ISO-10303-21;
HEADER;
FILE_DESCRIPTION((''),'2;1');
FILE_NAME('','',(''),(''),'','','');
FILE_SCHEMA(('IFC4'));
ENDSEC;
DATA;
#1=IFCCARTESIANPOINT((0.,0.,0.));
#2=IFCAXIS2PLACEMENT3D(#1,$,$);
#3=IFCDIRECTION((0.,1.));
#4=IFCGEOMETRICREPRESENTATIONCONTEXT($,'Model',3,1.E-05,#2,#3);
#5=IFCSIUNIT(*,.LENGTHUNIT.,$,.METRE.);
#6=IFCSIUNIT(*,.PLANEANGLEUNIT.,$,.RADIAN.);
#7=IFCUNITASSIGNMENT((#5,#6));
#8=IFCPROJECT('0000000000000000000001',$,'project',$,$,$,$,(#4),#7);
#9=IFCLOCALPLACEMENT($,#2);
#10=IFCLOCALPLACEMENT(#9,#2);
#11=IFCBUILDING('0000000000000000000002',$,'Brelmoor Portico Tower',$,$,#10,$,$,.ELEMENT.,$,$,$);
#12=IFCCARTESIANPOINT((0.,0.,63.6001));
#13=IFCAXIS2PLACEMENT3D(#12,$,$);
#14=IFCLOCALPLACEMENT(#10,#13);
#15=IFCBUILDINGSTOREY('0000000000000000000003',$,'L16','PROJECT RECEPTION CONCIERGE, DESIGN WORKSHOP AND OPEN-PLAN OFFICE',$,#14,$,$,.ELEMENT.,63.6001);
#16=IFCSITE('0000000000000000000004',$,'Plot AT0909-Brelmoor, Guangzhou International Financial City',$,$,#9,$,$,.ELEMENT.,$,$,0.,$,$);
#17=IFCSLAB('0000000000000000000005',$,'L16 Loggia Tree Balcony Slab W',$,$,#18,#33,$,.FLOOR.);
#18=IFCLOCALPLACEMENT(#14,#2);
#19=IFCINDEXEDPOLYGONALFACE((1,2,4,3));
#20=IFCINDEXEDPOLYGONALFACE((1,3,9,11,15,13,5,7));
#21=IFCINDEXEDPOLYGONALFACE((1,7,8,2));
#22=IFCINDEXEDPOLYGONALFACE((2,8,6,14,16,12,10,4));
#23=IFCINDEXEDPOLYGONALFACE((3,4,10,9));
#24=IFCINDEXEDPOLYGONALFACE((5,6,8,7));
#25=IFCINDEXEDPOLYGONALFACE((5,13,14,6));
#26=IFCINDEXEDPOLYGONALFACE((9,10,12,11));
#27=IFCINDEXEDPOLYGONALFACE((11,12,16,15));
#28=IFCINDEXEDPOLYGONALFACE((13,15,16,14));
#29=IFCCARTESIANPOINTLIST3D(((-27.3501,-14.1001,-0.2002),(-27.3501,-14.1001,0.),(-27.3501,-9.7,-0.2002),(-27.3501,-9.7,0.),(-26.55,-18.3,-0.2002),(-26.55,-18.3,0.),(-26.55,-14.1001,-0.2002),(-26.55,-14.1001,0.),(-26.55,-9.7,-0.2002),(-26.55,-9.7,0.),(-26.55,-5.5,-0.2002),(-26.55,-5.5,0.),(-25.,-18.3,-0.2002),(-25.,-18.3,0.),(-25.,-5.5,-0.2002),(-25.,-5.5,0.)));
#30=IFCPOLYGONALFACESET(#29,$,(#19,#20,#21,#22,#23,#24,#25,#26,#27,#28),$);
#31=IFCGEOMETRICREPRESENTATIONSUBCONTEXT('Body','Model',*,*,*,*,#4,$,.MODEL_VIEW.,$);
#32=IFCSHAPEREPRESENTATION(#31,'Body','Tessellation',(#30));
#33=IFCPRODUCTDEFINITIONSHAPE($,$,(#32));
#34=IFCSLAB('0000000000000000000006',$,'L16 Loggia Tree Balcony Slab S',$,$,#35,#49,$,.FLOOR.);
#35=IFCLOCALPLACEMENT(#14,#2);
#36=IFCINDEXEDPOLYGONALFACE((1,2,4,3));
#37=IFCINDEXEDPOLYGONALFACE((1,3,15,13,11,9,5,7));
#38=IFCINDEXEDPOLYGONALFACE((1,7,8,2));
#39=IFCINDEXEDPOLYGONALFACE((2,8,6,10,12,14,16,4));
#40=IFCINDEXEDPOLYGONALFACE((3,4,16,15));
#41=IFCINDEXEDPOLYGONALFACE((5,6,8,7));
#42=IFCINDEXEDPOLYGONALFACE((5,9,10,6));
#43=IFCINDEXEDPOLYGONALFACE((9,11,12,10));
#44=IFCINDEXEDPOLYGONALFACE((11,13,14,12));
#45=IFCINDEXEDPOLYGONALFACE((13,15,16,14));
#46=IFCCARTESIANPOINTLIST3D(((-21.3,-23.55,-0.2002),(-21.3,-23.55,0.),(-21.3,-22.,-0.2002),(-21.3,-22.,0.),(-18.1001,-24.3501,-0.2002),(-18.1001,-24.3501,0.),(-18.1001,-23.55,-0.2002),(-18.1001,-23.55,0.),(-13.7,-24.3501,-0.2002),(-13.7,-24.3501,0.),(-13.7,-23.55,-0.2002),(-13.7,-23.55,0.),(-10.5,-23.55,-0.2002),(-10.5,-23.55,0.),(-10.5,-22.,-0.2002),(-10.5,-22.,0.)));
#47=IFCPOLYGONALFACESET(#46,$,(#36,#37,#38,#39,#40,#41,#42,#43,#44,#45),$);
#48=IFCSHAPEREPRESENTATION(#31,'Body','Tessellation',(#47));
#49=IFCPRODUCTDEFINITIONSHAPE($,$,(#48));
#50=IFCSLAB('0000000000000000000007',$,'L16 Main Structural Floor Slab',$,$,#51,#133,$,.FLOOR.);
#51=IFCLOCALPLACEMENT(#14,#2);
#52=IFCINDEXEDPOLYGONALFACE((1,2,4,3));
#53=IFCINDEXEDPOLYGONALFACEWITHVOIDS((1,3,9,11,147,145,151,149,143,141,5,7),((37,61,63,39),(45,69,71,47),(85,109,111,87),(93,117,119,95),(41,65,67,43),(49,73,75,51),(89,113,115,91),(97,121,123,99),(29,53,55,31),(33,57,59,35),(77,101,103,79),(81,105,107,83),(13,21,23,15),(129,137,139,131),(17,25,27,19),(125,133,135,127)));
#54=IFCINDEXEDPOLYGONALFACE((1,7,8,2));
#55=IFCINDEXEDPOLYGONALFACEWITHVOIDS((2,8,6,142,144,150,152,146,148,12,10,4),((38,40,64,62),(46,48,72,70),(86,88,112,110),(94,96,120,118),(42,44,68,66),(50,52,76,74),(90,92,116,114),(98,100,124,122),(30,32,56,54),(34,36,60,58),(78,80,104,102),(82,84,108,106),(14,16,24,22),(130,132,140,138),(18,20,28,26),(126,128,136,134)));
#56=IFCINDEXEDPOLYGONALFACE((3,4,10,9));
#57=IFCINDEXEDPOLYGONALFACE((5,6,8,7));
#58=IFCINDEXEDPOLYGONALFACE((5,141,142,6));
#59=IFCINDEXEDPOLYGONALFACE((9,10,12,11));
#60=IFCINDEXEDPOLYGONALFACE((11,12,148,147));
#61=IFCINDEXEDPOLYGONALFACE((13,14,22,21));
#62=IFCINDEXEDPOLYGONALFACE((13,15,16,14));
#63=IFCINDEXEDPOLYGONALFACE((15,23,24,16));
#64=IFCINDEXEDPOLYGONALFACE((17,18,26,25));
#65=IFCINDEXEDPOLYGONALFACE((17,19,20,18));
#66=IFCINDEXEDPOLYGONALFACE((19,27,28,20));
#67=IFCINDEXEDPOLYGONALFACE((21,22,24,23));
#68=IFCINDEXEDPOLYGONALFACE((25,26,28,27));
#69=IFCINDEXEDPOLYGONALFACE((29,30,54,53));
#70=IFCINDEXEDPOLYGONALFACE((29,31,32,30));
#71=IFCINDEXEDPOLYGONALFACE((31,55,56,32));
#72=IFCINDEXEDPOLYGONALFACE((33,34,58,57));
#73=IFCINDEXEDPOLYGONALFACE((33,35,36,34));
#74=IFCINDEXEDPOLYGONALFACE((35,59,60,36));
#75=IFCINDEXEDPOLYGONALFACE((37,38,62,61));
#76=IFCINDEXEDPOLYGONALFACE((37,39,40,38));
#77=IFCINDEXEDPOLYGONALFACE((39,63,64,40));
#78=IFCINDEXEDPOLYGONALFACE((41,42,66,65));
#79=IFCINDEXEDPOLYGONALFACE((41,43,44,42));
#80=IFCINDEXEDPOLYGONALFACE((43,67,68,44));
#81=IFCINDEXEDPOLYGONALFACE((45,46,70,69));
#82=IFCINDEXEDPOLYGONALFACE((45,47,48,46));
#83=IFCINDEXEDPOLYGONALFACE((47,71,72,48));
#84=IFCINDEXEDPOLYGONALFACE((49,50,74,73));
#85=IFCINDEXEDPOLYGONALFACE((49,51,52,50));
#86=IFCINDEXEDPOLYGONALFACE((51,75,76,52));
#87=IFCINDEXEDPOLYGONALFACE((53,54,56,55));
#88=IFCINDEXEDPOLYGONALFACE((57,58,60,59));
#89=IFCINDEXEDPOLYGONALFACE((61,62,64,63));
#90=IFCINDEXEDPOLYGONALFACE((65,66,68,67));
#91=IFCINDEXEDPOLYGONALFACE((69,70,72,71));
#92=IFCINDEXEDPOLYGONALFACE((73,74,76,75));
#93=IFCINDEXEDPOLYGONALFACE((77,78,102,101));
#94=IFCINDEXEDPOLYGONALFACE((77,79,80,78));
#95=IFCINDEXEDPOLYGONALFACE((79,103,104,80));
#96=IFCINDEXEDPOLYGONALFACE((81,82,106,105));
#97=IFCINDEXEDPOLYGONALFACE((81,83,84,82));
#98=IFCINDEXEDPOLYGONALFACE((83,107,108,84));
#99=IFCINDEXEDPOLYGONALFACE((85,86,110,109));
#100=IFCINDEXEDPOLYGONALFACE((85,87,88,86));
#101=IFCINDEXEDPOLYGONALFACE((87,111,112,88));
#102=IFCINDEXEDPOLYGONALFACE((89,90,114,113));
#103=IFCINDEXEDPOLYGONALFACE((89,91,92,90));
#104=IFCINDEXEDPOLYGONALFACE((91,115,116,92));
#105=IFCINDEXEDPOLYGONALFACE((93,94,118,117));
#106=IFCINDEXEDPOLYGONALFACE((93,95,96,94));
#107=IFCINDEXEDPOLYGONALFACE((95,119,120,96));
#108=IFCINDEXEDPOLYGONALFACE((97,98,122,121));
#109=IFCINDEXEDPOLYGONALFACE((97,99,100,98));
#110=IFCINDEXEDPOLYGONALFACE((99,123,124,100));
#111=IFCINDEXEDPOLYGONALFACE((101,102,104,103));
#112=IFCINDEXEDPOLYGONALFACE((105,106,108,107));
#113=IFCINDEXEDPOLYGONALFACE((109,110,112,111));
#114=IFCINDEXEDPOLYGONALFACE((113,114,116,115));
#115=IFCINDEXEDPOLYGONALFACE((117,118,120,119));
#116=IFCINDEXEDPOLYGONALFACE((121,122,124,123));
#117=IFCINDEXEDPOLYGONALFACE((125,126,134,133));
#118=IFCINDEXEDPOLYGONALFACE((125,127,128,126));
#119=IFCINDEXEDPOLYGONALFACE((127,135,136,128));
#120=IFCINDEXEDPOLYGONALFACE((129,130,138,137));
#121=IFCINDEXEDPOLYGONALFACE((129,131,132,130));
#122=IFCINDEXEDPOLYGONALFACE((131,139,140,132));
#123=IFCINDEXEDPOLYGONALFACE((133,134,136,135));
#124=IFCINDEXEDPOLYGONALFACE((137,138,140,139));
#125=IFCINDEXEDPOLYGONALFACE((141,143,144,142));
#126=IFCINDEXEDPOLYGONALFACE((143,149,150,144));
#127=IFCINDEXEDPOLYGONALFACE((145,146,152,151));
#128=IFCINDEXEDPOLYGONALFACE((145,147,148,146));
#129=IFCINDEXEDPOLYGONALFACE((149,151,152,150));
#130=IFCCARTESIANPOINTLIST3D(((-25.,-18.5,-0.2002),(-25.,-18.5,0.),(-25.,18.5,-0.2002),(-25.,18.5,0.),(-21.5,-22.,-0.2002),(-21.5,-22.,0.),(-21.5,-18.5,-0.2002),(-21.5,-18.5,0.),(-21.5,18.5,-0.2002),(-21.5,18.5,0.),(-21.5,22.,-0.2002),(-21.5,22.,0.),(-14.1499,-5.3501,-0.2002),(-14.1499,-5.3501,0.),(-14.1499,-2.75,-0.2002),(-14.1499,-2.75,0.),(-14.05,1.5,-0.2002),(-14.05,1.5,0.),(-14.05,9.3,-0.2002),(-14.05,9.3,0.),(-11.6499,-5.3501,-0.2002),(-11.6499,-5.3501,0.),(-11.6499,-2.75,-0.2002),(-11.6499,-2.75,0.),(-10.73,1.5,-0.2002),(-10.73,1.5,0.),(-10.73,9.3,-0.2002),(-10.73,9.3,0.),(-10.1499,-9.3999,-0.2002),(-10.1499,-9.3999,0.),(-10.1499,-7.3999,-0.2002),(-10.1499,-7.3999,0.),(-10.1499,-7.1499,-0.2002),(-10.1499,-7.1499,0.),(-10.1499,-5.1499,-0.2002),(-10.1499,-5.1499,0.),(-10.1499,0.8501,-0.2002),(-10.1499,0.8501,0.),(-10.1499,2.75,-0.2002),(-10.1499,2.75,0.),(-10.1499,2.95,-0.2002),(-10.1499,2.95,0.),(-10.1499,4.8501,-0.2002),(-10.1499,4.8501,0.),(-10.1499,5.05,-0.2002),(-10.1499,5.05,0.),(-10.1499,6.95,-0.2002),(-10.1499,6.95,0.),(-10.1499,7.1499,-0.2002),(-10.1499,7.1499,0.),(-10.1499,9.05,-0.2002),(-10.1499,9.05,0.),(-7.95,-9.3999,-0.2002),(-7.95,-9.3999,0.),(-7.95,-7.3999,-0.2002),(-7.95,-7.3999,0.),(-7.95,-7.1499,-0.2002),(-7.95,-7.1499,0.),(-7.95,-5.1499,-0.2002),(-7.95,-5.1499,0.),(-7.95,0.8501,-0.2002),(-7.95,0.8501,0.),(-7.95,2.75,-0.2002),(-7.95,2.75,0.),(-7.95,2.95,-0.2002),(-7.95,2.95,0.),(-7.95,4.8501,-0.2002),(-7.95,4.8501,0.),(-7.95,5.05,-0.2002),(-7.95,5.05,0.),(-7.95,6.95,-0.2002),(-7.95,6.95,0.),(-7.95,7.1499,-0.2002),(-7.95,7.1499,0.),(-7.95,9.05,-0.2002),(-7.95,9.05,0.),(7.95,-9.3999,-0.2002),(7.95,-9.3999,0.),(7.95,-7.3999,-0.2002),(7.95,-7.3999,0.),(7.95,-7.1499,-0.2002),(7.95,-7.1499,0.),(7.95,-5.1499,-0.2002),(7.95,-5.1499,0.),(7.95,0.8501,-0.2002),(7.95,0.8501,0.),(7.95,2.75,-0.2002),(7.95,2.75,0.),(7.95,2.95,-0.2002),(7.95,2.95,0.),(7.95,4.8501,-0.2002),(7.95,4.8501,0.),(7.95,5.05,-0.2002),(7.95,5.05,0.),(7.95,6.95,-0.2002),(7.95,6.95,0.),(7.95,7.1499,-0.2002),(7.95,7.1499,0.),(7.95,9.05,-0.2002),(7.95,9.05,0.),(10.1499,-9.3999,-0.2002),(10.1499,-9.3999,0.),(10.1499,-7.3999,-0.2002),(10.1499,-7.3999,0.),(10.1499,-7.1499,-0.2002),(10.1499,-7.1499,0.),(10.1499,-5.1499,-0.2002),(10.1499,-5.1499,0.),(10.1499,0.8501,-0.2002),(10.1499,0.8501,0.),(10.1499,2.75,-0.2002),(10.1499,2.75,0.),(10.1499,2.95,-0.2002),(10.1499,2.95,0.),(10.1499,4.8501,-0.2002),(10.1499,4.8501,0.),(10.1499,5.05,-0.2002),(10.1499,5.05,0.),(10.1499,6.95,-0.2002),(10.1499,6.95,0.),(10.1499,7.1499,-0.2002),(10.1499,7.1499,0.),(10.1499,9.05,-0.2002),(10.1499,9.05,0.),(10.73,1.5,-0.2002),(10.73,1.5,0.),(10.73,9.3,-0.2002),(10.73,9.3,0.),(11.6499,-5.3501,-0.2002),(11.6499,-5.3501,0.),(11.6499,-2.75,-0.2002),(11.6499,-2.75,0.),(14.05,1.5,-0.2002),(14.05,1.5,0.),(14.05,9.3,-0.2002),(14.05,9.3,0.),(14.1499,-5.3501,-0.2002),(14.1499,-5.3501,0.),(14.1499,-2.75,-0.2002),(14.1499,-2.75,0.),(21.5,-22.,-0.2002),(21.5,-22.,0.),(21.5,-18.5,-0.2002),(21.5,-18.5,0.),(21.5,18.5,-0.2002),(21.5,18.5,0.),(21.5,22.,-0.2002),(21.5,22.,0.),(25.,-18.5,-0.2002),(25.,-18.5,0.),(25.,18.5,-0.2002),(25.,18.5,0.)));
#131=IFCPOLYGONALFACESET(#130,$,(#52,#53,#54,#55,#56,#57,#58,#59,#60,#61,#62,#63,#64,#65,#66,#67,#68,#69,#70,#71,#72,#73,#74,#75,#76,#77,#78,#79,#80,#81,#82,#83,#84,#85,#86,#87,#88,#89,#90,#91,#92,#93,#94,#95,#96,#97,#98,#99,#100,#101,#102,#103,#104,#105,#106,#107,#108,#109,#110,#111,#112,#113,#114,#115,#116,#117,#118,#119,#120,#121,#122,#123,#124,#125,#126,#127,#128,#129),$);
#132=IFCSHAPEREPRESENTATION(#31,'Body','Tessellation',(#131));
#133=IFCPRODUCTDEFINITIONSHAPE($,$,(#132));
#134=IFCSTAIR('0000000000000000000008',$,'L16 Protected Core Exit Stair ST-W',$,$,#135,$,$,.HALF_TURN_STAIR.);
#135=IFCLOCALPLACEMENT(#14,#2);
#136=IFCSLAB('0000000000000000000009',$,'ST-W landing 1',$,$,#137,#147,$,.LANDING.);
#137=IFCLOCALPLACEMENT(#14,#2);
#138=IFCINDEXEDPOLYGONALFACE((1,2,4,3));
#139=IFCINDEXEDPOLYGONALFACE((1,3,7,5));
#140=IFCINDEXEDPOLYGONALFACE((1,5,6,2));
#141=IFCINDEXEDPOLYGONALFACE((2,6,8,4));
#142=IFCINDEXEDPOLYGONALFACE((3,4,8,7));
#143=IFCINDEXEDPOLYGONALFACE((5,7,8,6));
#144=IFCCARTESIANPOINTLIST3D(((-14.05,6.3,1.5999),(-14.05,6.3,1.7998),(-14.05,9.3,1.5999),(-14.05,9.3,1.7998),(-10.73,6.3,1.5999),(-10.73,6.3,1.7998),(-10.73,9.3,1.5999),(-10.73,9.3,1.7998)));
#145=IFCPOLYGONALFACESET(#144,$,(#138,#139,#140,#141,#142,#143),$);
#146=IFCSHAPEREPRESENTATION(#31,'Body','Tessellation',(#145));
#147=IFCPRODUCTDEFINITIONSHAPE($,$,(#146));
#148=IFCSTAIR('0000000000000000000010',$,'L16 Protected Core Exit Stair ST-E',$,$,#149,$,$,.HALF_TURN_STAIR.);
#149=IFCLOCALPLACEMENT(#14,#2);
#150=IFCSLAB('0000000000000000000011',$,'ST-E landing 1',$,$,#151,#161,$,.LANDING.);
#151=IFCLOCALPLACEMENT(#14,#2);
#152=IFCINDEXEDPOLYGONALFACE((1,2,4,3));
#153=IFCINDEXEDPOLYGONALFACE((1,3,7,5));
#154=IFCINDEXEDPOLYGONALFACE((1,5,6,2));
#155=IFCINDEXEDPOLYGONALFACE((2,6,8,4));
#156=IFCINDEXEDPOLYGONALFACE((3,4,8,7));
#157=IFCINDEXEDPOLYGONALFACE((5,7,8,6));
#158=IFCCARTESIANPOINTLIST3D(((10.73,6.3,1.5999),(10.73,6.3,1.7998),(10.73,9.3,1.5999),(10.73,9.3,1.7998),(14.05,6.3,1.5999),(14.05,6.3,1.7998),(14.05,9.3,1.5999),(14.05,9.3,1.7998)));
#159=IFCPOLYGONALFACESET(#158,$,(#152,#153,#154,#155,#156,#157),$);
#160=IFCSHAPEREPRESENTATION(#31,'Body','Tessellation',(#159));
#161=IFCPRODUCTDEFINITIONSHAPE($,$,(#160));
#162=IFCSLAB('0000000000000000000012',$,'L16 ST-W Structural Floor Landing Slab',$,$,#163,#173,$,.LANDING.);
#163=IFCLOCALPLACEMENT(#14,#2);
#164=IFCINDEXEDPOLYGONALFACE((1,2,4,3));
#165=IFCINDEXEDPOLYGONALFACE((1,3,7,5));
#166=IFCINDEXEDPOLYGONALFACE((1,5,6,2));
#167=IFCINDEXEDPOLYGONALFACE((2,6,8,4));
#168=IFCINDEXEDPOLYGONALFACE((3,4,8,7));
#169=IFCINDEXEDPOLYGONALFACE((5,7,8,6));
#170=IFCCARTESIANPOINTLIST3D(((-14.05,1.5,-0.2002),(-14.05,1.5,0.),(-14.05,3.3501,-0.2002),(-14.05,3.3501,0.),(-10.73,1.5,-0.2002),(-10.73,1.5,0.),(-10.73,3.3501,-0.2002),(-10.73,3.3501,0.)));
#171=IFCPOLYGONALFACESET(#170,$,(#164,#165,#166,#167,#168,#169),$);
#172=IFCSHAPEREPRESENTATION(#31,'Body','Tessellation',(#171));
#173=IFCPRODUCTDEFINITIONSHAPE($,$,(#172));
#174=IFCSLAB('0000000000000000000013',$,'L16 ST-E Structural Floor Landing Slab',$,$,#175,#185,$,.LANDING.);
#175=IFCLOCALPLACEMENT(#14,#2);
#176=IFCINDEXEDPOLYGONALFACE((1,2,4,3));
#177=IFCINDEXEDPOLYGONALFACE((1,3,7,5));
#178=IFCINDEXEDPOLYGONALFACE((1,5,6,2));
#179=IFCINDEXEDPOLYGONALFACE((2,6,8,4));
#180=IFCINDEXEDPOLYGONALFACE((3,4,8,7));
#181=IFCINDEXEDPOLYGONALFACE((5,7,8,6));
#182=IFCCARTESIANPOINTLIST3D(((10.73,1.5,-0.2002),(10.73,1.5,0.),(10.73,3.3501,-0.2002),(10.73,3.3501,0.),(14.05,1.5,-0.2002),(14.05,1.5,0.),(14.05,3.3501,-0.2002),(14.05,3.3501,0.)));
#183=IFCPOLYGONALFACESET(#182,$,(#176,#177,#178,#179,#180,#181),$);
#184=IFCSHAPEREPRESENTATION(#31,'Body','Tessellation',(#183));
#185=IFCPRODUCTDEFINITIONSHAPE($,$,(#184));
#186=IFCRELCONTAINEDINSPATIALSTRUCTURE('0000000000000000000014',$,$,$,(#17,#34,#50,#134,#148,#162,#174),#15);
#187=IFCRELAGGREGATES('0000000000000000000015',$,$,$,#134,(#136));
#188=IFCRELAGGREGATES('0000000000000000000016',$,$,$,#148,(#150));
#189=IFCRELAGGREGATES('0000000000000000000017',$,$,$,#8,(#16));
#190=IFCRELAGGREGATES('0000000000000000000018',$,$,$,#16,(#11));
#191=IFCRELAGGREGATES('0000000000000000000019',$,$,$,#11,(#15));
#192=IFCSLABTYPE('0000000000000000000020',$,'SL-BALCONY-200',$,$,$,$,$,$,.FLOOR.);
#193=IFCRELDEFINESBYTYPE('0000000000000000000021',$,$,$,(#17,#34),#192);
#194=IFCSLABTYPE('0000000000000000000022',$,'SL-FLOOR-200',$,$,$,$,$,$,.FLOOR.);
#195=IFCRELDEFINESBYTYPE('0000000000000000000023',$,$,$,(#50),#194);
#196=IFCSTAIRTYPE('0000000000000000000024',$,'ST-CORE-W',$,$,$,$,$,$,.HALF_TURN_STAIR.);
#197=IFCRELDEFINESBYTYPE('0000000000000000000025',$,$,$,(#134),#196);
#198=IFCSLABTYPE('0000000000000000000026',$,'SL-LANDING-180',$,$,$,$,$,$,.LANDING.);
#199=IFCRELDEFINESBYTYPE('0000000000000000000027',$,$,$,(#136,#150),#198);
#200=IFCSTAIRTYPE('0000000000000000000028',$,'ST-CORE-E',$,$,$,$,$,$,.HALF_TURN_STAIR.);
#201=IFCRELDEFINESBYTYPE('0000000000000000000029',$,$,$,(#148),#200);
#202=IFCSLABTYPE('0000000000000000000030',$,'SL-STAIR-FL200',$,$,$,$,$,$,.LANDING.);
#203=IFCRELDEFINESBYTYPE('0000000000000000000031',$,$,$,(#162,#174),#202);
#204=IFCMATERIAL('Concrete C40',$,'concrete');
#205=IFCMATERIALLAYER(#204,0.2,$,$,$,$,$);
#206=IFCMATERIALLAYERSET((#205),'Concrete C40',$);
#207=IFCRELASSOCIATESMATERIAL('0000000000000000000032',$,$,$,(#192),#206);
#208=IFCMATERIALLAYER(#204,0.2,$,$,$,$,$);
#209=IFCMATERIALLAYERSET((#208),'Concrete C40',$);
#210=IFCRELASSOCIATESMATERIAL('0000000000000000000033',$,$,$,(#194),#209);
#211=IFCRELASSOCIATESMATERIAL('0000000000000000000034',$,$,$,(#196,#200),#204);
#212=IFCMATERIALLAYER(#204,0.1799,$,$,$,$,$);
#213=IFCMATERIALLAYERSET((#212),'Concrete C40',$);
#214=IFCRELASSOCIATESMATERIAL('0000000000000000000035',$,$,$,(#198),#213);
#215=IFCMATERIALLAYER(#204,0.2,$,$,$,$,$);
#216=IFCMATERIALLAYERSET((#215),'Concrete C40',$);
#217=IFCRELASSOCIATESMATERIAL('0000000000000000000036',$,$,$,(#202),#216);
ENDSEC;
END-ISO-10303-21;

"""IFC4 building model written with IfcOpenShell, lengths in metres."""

from ifc_helpers import new_model, si_unit, direction, frame, origin, place, context, subcontext, project, spatial, polyline, outline, extrude, material, layer, layer_set, type_object, element, aggregate, save


model = new_model("IFC4")

# Units and contexts
model_context = context("Model", 3, precision=1e-05, world=origin(), true_north=direction((0.0, 1.0)))
body_context = subcontext(model_context, "Body", "Model", "MODEL_VIEW")
ifc_project = project(units=[si_unit("LENGTHUNIT", "METRE"), si_unit("PLANEANGLEUNIT", "RADIAN")], contexts=[model_context])

# Site, building, storey
site_placement = place(None, origin())
site = spatial("IfcSite", under=ifc_project, at=site_placement, Name="Plot AT0909-Brelmoor, Guangzhou International Financial City", CompositionType="ELEMENT", RefElevation=0.0)
building_placement = place(site_placement, origin())
building = spatial("IfcBuilding", under=site, at=building_placement, Name="Brelmoor Portico Tower", CompositionType="ELEMENT")
storey_placement = place(building_placement, frame((0.0, 0.0, 63.6001)))
storey = spatial("IfcBuildingStorey", under=building, at=storey_placement, Name="L16", Description="PROJECT RECEPTION CONCIERGE, DESIGN WORKSHOP AND OPEN-PLAN OFFICE", CompositionType="ELEMENT", Elevation=63.6001)

# Slabs
ifc_material_1 = material(Name="Concrete C40", Category="concrete")
ifc_layer_1 = layer(ifc_material_1, 0.2)
ifc_layer_set_1 = layer_set([ifc_layer_1], Name="Concrete C40")
slab_type_1 = type_object("IfcSlabType", Name="SL-BALCONY-200", PredefinedType="FLOOR", material=ifc_layer_set_1)
slab_1_placement = place(storey_placement, frame((0.0, 0.0, -0.2002)))
element("IfcSlab", 1, at=slab_1_placement, inside=storey, type_object=slab_type_1, Name="L16 Loggia Tree Balcony Slab W", PredefinedType="FLOOR", context=body_context, shape_type="SweptSolid", body=[
    extrude(outline(polyline([(-26.55, -18.3), (-25.0, -18.3), (-25.0, -5.5), (-26.55, -5.5), (-26.55, -9.7), (-27.3501, -9.7), (-27.3501, -14.1001), (-26.55, -14.1001), (-26.55, -18.3)])), origin(), (0.0, 0.0, 1.0), 0.2002),
])
slab_2_placement = place(storey_placement, frame((0.0, 0.0, -0.2002)))
element("IfcSlab", 2, at=slab_2_placement, inside=storey, type_object=slab_type_1, Name="L16 Loggia Tree Balcony Slab S", PredefinedType="FLOOR", context=body_context, shape_type="SweptSolid", body=[
    extrude(outline(polyline([(-21.3, -23.55), (-18.1001, -23.55), (-18.1001, -24.3501), (-13.7, -24.3501), (-13.7, -23.55), (-10.5, -23.55), (-10.5, -22.0), (-21.3, -22.0), (-21.3, -23.55)])), origin(), (0.0, 0.0, 1.0), 0.2002),
])
ifc_layer_2 = layer(ifc_material_1, 0.2)
ifc_layer_set_2 = layer_set([ifc_layer_2], Name="Concrete C40")
slab_type_2 = type_object("IfcSlabType", Name="SL-FLOOR-200", PredefinedType="FLOOR", material=ifc_layer_set_2)
slab_3_placement = place(storey_placement, frame((0.0, 0.0, -0.2002)))
element("IfcSlab", 3, at=slab_3_placement, inside=storey, type_object=slab_type_2, Name="L16 Main Structural Floor Slab", PredefinedType="FLOOR", context=body_context, shape_type="SweptSolid", body=[
    extrude(outline(polyline([(-21.5, -22.0), (21.5, -22.0), (21.5, -18.5), (25.0, -18.5), (25.0, 18.5), (21.5, 18.5), (21.5, 22.0), (-21.5, 22.0), (-21.5, 18.5), (-25.0, 18.5), (-25.0, -18.5), (-21.5, -18.5), (-21.5, -22.0)]), holes=[polyline([(-10.73, 1.5), (-10.73, 9.3), (-14.05, 9.3), (-14.05, 1.5), (-10.73, 1.5)]), polyline([(14.05, 1.5), (14.05, 9.3), (10.73, 9.3), (10.73, 1.5), (14.05, 1.5)]), polyline([(-10.1499, 0.8501), (-7.95, 0.8501), (-7.95, 2.75), (-10.1499, 2.75), (-10.1499, 0.8501)]), polyline([(-10.1499, 2.95), (-7.95, 2.95), (-7.95, 4.8501), (-10.1499, 4.8501), (-10.1499, 2.95)]), polyline([(-10.1499, 5.05), (-7.95, 5.05), (-7.95, 6.95), (-10.1499, 6.95), (-10.1499, 5.05)]), polyline([(-10.1499, 7.1499), (-7.95, 7.1499), (-7.95, 9.05), (-10.1499, 9.05), (-10.1499, 7.1499)]), polyline([(7.95, 0.8501), (10.1499, 0.8501), (10.1499, 2.75), (7.95, 2.75), (7.95, 0.8501)]), polyline([(7.95, 2.95), (10.1499, 2.95), (10.1499, 4.8501), (7.95, 4.8501), (7.95, 2.95)]), polyline([(7.95, 5.05), (10.1499, 5.05), (10.1499, 6.95), (7.95, 6.95), (7.95, 5.05)]), polyline([(7.95, 7.1499), (10.1499, 7.1499), (10.1499, 9.05), (7.95, 9.05), (7.95, 7.1499)]), polyline([(-10.1499, -9.3999), (-7.95, -9.3999), (-7.95, -7.3999), (-10.1499, -7.3999), (-10.1499, -9.3999)]), polyline([(-10.1499, -7.1499), (-7.95, -7.1499), (-7.95, -5.1499), (-10.1499, -5.1499), (-10.1499, -7.1499)]), polyline([(7.95, -9.3999), (10.1499, -9.3999), (10.1499, -7.3999), (7.95, -7.3999), (7.95, -9.3999)]), polyline([(7.95, -7.1499), (10.1499, -7.1499), (10.1499, -5.1499), (7.95, -5.1499), (7.95, -7.1499)]), polyline([(-14.1499, -5.3501), (-11.6499, -5.3501), (-11.6499, -2.75), (-14.1499, -2.75), (-14.1499, -5.3501)]), polyline([(11.6499, -5.3501), (14.1499, -5.3501), (14.1499, -2.75), (11.6499, -2.75), (11.6499, -5.3501)])]), origin(), (0.0, 0.0, 1.0), 0.2002),
])

# Stairs, slabs
stair_type_1 = type_object("IfcStairType", Name="ST-CORE-W", PredefinedType="HALF_TURN_STAIR", material=ifc_material_1)
stair_1_placement = place(storey_placement, origin())
stair_1 = element("IfcStair", 4, at=stair_1_placement, inside=storey, type_object=stair_type_1, Name="L16 Protected Core Exit Stair ST-W", PredefinedType="HALF_TURN_STAIR")
ifc_layer_3 = layer(ifc_material_1, 0.1799)
ifc_layer_set_3 = layer_set([ifc_layer_3], Name="Concrete C40")
slab_type_3 = type_object("IfcSlabType", Name="SL-LANDING-180", PredefinedType="LANDING", material=ifc_layer_set_3)
slab_4_placement = place(storey_placement, frame((0.0, 0.0, 1.5999)))
slab_4 = element("IfcSlab", 5, at=slab_4_placement, type_object=slab_type_3, Name="ST-W landing 1", PredefinedType="LANDING", context=body_context, shape_type="SweptSolid", body=[
    extrude(outline(polyline([(-10.73, 6.3), (-10.73, 9.3), (-14.05, 9.3), (-14.05, 6.3), (-10.73, 6.3)])), origin(), (0.0, 0.0, 1.0), 0.2),
])
aggregate(stair_1, [slab_4])
stair_type_2 = type_object("IfcStairType", Name="ST-CORE-E", PredefinedType="HALF_TURN_STAIR", material=ifc_material_1)
stair_2_placement = place(storey_placement, origin())
stair_2 = element("IfcStair", 6, at=stair_2_placement, inside=storey, type_object=stair_type_2, Name="L16 Protected Core Exit Stair ST-E", PredefinedType="HALF_TURN_STAIR")
slab_5_placement = place(storey_placement, frame((0.0, 0.0, 1.5999)))
slab_5 = element("IfcSlab", 7, at=slab_5_placement, type_object=slab_type_3, Name="ST-E landing 1", PredefinedType="LANDING", context=body_context, shape_type="SweptSolid", body=[
    extrude(outline(polyline([(14.05, 6.3), (14.05, 9.3), (10.73, 9.3), (10.73, 6.3), (14.05, 6.3)])), origin(), (0.0, 0.0, 1.0), 0.2),
])
aggregate(stair_2, [slab_5])

# Slabs
ifc_layer_4 = layer(ifc_material_1, 0.2)
ifc_layer_set_4 = layer_set([ifc_layer_4], Name="Concrete C40")
slab_type_4 = type_object("IfcSlabType", Name="SL-STAIR-FL200", PredefinedType="LANDING", material=ifc_layer_set_4)
slab_6_placement = place(storey_placement, frame((0.0, 0.0, -0.2002)))
element("IfcSlab", 8, at=slab_6_placement, inside=storey, type_object=slab_type_4, Name="L16 ST-W Structural Floor Landing Slab", PredefinedType="LANDING", context=body_context, shape_type="SweptSolid", body=[
    extrude(outline(polyline([(-10.73, 1.5), (-10.73, 3.3501), (-14.05, 3.3501), (-14.05, 1.5), (-10.73, 1.5)])), origin(), (0.0, 0.0, 1.0), 0.2002),
])
slab_7_placement = place(storey_placement, frame((0.0, 0.0, -0.2002)))
element("IfcSlab", 9, at=slab_7_placement, inside=storey, type_object=slab_type_4, Name="L16 ST-E Structural Floor Landing Slab", PredefinedType="LANDING", context=body_context, shape_type="SweptSolid", body=[
    extrude(outline(polyline([(14.05, 1.5), (14.05, 3.3501), (10.73, 3.3501), (10.73, 1.5), (14.05, 1.5)])), origin(), (0.0, 0.0, 1.0), 0.2002),
])

save(model, "model.ifc")
